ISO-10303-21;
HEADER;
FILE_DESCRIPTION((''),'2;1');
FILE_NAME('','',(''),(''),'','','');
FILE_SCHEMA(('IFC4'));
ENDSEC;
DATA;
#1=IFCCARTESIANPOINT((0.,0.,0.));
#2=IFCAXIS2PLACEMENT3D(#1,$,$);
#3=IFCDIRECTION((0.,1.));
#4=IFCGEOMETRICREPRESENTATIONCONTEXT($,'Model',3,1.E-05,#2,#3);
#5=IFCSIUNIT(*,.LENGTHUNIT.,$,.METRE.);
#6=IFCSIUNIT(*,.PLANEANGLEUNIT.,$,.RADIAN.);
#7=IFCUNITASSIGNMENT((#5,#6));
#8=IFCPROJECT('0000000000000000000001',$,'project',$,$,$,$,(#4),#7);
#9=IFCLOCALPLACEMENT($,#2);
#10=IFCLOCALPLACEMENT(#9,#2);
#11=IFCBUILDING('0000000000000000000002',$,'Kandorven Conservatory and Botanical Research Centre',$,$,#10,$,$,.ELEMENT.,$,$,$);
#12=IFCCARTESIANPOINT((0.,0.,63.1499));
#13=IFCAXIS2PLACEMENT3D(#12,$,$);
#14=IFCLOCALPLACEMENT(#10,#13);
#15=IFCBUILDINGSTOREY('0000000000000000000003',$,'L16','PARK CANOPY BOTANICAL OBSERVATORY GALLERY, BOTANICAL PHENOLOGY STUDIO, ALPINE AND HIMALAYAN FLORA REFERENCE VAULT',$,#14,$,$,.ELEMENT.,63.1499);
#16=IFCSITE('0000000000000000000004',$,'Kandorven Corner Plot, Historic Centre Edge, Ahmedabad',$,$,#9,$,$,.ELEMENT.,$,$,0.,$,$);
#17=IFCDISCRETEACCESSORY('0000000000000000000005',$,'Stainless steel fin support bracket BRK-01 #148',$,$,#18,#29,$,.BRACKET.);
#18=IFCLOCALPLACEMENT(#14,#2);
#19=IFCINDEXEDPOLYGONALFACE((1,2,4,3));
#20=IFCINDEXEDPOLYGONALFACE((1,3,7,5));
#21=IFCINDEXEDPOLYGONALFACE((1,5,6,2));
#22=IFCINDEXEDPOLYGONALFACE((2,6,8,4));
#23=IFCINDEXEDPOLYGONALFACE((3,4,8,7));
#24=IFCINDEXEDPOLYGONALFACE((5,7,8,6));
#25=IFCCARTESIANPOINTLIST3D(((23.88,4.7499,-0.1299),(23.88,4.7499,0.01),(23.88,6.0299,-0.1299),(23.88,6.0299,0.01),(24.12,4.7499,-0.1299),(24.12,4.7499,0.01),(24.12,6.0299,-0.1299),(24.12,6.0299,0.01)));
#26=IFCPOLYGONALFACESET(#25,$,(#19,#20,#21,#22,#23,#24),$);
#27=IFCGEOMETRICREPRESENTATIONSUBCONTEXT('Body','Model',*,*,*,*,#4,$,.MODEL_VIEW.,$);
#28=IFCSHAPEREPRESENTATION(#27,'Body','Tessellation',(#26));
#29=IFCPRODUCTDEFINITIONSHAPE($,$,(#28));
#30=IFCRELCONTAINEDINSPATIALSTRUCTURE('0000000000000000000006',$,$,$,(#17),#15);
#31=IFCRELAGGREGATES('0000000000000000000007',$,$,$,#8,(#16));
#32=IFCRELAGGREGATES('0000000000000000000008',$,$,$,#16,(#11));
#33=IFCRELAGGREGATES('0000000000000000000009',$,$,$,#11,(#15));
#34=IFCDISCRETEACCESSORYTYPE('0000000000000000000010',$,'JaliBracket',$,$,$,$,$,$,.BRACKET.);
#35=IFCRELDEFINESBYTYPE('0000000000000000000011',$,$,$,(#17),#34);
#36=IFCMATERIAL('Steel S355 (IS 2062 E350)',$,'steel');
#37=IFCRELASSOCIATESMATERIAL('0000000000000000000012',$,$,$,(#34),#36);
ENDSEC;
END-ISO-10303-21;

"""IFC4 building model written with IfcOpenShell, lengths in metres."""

from ifc_helpers import new_model, si_unit, direction, frame, origin, origin_2d, place, context, subcontext, project, spatial, rectangle, extrude, material, type_object, element, save


model = new_model("IFC4")

# Units and contexts
model_context = context("Model", 3, precision=1e-05, world=origin(), true_north=direction((0.0, 1.0)))
body_context = subcontext(model_context, "Body", "Model", "MODEL_VIEW")
ifc_project = project(units=[si_unit("LENGTHUNIT", "METRE"), si_unit("PLANEANGLEUNIT", "RADIAN")], contexts=[model_context])

# Site, building, storey
site_placement = place(None, origin())
site = spatial("IfcSite", under=ifc_project, at=site_placement, Name="Kandorven Corner Plot, Historic Centre Edge, Ahmedabad", CompositionType="ELEMENT", RefElevation=0.0)
building_placement = place(site_placement, origin())
building = spatial("IfcBuilding", under=site, at=building_placement, Name="Kandorven Conservatory and Botanical Research Centre", CompositionType="ELEMENT")
storey_placement = place(building_placement, frame((0.0, 0.0, 63.1499)))
storey = spatial("IfcBuildingStorey", under=building, at=storey_placement, Name="L16", Description="PARK CANOPY BOTANICAL OBSERVATORY GALLERY, BOTANICAL PHENOLOGY STUDIO, ALPINE AND HIMALAYAN FLORA REFERENCE VAULT", CompositionType="ELEMENT", Elevation=63.1499)

# Discrete accessory
ifc_material_1 = material(Name="Steel S355 (IS 2062 E350)", Category="steel")
discrete_accessory_type = type_object("IfcDiscreteAccessoryType", Name="JaliBracket", PredefinedType="BRACKET", material=ifc_material_1)
discrete_accessory_placement = place(storey_placement, frame((24.0, 5.3899, -0.1299), z_axis=(0.0, 0.0, 1.0), x_axis=(1.0, 0.0, 0.0)))
element("IfcDiscreteAccessory", 1, at=discrete_accessory_placement, inside=storey, type_object=discrete_accessory_type, Name="Stainless steel fin support bracket BRK-01 #148", PredefinedType="BRACKET", context=body_context, shape_type="SweptSolid", body=[
    extrude(rectangle(XDim=0.24, YDim=1.28, at=origin_2d()), origin(), (0.0, 0.0, 1.0), 0.1399),
])

save(model, "model.ifc")
